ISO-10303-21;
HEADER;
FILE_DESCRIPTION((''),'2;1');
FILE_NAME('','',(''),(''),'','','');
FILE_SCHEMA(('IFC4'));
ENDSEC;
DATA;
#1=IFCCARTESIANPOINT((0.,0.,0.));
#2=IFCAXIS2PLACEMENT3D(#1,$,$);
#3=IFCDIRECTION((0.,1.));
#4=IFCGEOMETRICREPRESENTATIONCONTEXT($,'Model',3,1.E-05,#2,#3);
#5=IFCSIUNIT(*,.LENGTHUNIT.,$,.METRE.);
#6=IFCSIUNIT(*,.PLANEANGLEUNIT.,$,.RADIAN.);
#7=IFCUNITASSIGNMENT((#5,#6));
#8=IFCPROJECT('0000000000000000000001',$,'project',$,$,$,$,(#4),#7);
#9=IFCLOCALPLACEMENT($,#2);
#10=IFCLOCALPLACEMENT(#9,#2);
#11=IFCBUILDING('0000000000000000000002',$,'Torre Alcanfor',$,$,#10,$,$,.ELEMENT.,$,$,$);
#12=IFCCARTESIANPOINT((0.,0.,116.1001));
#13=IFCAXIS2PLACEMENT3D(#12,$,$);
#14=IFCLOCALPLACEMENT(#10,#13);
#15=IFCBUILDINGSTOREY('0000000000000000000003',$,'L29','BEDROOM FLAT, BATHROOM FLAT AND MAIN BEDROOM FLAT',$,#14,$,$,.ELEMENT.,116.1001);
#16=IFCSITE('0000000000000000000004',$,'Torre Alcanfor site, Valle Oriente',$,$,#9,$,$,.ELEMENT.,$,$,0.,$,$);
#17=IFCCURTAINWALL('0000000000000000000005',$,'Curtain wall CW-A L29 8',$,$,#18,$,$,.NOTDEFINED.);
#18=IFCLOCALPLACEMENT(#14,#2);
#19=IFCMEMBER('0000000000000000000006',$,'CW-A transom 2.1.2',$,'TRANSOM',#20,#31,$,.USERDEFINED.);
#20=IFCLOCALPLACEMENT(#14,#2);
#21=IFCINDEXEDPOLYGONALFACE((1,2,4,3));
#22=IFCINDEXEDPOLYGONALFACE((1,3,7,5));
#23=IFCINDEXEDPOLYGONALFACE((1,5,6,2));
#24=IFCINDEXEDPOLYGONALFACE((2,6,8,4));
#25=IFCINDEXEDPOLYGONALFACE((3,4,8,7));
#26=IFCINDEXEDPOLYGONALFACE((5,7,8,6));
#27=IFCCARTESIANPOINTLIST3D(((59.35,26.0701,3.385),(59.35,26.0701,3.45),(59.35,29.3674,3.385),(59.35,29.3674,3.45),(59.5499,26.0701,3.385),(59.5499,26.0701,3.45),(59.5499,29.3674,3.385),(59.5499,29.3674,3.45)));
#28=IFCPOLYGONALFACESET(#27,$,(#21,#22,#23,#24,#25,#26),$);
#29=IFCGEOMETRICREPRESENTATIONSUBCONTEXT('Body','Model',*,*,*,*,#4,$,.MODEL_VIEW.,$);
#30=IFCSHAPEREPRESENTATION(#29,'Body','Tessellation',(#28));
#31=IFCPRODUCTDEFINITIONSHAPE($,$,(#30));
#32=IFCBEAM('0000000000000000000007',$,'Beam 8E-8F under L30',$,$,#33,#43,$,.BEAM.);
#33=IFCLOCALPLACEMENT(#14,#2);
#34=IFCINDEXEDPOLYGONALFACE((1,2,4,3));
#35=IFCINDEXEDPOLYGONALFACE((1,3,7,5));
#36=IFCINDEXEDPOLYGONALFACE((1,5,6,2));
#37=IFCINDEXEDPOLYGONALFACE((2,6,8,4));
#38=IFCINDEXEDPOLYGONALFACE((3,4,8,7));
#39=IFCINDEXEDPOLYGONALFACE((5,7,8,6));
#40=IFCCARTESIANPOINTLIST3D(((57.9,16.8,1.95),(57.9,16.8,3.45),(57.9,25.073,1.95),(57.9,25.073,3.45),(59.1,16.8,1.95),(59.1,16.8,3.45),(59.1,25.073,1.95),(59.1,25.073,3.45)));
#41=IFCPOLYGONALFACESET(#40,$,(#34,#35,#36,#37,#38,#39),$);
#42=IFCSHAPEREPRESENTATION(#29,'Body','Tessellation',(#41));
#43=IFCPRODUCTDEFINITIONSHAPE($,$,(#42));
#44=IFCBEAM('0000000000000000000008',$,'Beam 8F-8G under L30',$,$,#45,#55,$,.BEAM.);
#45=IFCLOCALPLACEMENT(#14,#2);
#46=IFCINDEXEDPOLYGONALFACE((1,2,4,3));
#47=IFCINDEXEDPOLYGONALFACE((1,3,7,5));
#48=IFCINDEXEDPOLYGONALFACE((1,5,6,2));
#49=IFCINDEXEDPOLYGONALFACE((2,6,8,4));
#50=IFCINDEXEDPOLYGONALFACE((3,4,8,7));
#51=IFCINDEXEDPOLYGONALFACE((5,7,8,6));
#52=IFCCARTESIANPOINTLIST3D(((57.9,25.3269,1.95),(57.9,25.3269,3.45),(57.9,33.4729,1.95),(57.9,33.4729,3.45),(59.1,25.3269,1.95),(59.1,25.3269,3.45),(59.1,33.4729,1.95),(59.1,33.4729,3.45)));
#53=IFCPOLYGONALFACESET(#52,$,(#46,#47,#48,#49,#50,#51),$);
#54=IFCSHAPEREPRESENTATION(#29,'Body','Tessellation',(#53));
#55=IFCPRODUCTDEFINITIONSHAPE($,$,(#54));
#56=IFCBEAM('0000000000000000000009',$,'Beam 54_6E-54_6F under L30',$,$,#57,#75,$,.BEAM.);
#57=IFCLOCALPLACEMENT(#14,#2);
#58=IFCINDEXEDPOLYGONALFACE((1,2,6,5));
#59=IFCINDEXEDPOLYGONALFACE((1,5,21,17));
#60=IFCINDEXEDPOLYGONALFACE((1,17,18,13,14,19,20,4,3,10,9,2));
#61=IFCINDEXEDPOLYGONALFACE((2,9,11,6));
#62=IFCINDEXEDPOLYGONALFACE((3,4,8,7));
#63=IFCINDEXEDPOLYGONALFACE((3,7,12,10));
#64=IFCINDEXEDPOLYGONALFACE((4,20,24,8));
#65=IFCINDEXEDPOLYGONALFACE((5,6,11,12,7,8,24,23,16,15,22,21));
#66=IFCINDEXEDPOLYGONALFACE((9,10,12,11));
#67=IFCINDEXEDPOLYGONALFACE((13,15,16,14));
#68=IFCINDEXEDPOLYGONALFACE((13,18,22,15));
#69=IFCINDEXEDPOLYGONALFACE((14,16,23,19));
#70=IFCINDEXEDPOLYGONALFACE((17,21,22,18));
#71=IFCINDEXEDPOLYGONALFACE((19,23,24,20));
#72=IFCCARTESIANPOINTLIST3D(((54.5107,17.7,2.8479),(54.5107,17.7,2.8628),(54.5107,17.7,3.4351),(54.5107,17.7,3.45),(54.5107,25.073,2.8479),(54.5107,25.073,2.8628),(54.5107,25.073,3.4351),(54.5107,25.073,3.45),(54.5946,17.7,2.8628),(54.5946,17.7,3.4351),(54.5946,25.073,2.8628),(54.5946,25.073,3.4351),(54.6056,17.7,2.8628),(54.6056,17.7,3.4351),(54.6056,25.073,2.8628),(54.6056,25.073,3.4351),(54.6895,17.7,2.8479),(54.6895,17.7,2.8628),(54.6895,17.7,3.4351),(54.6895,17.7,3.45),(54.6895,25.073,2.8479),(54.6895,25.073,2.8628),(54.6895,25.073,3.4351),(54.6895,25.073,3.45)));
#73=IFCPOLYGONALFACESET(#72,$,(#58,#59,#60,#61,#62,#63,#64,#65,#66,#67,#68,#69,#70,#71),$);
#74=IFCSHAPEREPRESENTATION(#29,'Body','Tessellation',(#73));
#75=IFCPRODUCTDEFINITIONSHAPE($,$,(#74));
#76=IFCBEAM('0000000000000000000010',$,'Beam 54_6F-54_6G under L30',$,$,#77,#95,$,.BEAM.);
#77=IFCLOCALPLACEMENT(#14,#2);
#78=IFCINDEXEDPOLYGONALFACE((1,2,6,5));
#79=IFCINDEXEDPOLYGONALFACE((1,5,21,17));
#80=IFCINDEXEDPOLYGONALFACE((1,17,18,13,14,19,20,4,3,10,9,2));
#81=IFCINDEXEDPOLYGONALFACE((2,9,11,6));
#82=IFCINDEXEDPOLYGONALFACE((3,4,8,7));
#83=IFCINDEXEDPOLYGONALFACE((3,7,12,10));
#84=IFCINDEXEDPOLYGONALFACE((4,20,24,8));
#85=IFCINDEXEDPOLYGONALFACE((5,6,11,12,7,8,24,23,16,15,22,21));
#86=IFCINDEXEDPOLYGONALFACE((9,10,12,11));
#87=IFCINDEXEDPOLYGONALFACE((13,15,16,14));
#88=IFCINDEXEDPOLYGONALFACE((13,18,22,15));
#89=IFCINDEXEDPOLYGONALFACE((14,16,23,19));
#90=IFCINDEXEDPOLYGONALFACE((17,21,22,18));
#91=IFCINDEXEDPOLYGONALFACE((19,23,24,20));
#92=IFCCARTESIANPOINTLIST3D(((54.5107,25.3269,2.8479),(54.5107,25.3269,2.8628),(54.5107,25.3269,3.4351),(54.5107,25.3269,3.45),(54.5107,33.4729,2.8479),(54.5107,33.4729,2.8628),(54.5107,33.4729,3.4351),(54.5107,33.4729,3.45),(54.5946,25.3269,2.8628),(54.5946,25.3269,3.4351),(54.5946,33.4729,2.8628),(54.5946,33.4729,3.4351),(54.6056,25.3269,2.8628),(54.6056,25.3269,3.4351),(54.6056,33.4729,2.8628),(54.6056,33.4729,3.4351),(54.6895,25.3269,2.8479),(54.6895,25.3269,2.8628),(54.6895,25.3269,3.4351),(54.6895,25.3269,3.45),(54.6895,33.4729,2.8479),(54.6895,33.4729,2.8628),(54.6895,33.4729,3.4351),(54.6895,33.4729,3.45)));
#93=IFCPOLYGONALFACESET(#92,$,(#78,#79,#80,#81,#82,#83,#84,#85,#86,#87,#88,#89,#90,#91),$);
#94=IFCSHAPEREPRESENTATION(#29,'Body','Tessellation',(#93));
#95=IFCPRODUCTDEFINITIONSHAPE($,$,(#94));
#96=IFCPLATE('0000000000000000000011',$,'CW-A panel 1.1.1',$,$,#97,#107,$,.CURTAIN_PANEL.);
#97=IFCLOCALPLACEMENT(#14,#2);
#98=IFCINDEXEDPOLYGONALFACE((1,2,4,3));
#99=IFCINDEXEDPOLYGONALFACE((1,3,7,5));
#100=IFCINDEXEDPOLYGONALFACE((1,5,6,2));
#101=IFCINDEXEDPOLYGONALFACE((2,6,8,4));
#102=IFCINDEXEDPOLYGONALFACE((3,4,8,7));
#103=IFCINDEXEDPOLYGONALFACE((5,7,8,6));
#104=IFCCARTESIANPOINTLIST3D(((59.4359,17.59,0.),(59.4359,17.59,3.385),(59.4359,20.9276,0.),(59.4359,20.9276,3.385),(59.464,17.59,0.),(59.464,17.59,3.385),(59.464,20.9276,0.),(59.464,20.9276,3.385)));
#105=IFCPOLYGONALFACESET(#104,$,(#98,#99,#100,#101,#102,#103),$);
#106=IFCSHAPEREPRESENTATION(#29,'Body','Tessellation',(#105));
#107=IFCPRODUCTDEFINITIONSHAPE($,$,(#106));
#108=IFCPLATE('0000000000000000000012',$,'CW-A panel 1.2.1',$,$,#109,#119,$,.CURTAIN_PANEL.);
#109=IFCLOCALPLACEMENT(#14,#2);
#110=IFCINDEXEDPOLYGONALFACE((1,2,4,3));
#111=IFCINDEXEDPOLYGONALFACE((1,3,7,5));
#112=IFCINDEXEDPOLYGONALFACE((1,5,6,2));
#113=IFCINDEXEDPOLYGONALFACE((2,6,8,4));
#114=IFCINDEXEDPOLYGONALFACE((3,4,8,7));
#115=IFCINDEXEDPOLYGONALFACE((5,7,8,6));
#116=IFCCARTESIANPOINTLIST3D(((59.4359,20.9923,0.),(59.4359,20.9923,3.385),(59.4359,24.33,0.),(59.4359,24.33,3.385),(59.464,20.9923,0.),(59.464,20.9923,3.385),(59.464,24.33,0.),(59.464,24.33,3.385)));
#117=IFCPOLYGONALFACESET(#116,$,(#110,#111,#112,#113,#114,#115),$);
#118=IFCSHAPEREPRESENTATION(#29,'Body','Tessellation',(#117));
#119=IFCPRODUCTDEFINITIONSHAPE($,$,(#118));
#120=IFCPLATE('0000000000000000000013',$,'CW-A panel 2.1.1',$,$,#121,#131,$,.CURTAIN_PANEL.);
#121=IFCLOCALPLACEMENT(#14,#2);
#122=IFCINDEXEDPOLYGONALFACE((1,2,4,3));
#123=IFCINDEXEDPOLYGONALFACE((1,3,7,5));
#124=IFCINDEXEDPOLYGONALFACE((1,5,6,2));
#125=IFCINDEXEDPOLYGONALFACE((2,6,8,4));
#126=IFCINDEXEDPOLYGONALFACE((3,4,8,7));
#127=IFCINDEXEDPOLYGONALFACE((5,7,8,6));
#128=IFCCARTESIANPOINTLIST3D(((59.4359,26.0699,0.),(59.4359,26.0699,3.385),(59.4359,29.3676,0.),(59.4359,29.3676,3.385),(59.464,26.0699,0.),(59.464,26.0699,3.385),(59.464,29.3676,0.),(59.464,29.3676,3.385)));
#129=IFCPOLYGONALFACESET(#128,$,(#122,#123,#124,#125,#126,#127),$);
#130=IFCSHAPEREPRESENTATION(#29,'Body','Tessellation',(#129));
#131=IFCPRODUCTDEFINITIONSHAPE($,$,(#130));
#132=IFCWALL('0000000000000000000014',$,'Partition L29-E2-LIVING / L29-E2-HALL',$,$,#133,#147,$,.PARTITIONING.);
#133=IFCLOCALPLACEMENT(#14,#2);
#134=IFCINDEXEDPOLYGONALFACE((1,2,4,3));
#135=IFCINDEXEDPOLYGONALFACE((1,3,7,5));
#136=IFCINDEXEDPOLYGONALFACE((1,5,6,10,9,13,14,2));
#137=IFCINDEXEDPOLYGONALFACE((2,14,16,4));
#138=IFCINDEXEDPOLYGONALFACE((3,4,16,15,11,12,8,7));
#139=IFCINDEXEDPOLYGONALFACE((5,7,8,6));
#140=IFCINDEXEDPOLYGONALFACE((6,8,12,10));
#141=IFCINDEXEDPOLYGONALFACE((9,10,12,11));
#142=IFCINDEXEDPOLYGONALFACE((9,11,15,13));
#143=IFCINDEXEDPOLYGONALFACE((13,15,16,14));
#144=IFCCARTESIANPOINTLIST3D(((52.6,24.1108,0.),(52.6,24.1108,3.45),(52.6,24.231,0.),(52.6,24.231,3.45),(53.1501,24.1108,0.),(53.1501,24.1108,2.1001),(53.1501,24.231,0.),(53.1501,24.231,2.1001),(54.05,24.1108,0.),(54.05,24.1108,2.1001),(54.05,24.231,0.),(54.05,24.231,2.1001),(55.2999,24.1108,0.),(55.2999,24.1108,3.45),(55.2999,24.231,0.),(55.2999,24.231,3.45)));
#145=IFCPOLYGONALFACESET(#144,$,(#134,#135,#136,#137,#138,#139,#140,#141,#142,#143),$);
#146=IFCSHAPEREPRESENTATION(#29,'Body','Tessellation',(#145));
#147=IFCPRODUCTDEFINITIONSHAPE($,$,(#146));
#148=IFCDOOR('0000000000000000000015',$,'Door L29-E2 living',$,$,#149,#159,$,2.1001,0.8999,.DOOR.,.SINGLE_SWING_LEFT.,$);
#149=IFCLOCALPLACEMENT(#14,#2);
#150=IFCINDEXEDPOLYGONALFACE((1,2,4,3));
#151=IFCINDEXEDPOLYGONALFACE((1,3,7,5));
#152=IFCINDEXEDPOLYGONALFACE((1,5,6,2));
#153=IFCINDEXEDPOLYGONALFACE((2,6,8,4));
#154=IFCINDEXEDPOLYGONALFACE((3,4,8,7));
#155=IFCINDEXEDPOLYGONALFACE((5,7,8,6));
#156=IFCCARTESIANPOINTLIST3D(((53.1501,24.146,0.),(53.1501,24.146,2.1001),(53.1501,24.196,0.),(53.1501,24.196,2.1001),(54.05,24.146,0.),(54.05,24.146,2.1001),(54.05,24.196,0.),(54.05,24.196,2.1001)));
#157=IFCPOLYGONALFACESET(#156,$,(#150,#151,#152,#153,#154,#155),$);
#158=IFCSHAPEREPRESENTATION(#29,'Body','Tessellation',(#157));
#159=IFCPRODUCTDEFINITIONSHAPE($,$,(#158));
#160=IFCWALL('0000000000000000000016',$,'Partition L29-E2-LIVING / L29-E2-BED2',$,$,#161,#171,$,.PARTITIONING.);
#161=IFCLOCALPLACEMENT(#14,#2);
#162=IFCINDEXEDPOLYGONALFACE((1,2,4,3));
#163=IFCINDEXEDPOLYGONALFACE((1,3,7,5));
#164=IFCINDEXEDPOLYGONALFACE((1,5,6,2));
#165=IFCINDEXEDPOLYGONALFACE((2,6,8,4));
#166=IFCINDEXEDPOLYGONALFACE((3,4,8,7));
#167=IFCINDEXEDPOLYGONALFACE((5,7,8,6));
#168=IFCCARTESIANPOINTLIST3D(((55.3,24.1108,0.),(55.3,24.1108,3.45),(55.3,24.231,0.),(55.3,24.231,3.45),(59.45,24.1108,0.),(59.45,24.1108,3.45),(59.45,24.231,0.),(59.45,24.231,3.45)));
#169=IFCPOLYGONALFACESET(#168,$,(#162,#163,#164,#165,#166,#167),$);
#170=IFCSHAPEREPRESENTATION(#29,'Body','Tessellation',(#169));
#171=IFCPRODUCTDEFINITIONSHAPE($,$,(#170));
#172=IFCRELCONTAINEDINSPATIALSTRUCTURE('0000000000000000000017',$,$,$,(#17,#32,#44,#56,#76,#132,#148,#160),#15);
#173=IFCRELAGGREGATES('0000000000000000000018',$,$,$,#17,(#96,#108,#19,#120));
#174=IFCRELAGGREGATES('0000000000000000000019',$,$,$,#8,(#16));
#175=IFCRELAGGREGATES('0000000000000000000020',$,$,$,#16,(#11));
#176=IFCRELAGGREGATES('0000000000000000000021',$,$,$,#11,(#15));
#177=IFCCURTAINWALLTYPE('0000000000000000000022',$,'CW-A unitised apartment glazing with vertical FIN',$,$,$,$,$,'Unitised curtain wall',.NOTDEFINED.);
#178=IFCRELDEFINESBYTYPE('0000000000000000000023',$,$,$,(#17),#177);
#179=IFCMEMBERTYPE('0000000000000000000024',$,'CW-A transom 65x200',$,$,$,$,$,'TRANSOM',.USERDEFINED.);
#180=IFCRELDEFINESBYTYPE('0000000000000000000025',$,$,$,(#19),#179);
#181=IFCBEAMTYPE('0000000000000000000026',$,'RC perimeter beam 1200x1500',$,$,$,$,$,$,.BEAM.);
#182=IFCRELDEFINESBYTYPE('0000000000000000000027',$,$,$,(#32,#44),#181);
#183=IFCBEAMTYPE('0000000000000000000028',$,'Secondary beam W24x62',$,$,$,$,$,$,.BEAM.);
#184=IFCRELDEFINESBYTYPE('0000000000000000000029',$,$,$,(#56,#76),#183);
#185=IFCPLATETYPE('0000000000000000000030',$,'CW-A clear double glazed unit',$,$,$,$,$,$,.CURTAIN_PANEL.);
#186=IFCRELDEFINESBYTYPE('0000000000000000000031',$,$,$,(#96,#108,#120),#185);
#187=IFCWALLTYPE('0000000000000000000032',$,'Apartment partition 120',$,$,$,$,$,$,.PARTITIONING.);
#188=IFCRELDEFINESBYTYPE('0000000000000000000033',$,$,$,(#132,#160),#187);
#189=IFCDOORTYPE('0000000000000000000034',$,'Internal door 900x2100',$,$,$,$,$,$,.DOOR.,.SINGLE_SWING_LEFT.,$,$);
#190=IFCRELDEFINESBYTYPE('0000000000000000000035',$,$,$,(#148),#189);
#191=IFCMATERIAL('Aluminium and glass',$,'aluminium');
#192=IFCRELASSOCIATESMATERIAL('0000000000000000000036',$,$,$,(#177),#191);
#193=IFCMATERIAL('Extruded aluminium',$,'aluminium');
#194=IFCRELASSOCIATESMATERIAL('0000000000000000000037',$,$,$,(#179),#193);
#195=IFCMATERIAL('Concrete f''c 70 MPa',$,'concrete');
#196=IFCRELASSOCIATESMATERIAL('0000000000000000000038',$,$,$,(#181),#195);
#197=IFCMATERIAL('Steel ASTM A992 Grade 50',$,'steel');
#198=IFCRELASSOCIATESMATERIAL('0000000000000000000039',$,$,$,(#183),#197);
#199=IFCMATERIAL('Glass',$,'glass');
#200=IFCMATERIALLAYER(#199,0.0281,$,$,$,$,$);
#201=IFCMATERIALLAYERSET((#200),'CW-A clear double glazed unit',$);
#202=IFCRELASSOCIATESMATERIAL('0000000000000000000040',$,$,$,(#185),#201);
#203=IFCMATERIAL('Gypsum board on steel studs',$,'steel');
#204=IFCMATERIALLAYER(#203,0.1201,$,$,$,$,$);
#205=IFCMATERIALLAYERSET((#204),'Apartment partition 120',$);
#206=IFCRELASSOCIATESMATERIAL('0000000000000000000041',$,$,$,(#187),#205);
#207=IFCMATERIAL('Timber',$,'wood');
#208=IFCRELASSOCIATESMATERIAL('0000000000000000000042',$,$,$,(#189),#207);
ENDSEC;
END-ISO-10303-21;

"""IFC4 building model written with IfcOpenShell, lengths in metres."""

from ifc_helpers import new_model, si_unit, direction, frame, frame_2d, origin, origin_2d, place, context, subcontext, project, spatial, rectangle, i_section, extrude, material, layer, layer_set, material_profile, profile_set, type_object, element, fill, aggregate, save


model = new_model("IFC4")

# Units and contexts
model_context = context("Model", 3, precision=1e-05, world=origin(), true_north=direction((0.0, 1.0)))
body_context = subcontext(model_context, "Body", "Model", "MODEL_VIEW")
ifc_project = project(units=[si_unit("LENGTHUNIT", "METRE"), si_unit("PLANEANGLEUNIT", "RADIAN")], contexts=[model_context])

# Site, building, storey
site_placement = place(None, origin())
site = spatial("IfcSite", under=ifc_project, at=site_placement, Name="Torre Alcanfor site, Valle Oriente", CompositionType="ELEMENT", RefElevation=0.0)
building_placement = place(site_placement, origin())
building = spatial("IfcBuilding", under=site, at=building_placement, Name="Torre Alcanfor", CompositionType="ELEMENT")
storey_placement = place(building_placement, frame((0.0, 0.0, 116.1001)))
storey = spatial("IfcBuildingStorey", under=building, at=storey_placement, Name="L29", Description="BEDROOM FLAT, BATHROOM FLAT AND MAIN BEDROOM FLAT", CompositionType="ELEMENT", Elevation=116.1001)

# Curtain wall, member
ifc_material_1 = material(Name="Aluminium and glass", Category="aluminium")
curtain_wall_type = type_object("IfcCurtainWallType", Name="CW-A unitised apartment glazing with vertical FIN", ElementType="Unitised curtain wall", PredefinedType="NOTDEFINED", material=ifc_material_1)
curtain_wall_placement = place(storey_placement, origin())
curtain_wall = element("IfcCurtainWall", 1, at=curtain_wall_placement, inside=storey, type_object=curtain_wall_type, Name="Curtain wall CW-A L29 8", PredefinedType="NOTDEFINED")
ifc_material_2 = material(Name="Extruded aluminium", Category="aluminium")
ifc_material_profile_1 = material_profile(ifc_material_2, rectangle(XDim=0.2, YDim=0.0649, at=origin_2d()), Name="CW-A transom 200x65")
ifc_profile_set_1 = profile_set([ifc_material_profile_1], Name="Extruded aluminium")
member_type_1 = type_object("IfcMemberType", Name="CW-A transom 65x200", ElementType="TRANSOM", PredefinedType="USERDEFINED", material=ifc_profile_set_1)
member_1_placement = place(storey_placement, frame((59.45, 26.0701, 3.4175), z_axis=(0.0, 1.0, 0.0), x_axis=(-1.0, 0.0, 0.0)))
member_1 = element("IfcMember", 2, at=member_1_placement, type_object=member_type_1, Name="CW-A transom 2.1.2", ObjectType="TRANSOM", PredefinedType="USERDEFINED", context=body_context, shape_type="SweptSolid", body=[
    extrude(rectangle(XDim=0.2, YDim=0.0649, at=origin_2d()), origin(), (0.0, 0.0, 1.0), 3.2974),
])

# Beams
ifc_material_3 = material(Name="Concrete f'c 70 MPa", Category="concrete")
ifc_material_profile_2 = material_profile(ifc_material_3, rectangle(XDim=1.2, YDim=1.5, at=origin_2d()), Name="1200x1500")
ifc_profile_set_2 = profile_set([ifc_material_profile_2], Name="Concrete f'c 70 MPa")
beam_type_1 = type_object("IfcBeamType", Name="RC perimeter beam 1200x1500", PredefinedType="BEAM", material=ifc_profile_set_2)
beam_1_placement = place(storey_placement, frame((58.5, 16.8, 2.7), z_axis=(0.0, 1.0, 0.0), x_axis=(-1.0, 0.0, 0.0)))
element("IfcBeam", 3, at=beam_1_placement, inside=storey, type_object=beam_type_1, Name="Beam 8E-8F under L30", PredefinedType="BEAM", context=body_context, shape_type="SweptSolid", body=[
    extrude(rectangle(XDim=1.2, YDim=1.5, at=origin_2d()), origin(), (0.0, 0.0, 1.0), 8.2729),
])
beam_2_placement = place(storey_placement, frame((58.5, 25.3269, 2.7), z_axis=(0.0, 1.0, 0.0), x_axis=(-1.0, 0.0, 0.0)))
element("IfcBeam", 4, at=beam_2_placement, inside=storey, type_object=beam_type_1, Name="Beam 8F-8G under L30", PredefinedType="BEAM", context=body_context, shape_type="SweptSolid", body=[
    extrude(rectangle(XDim=1.2, YDim=1.5, at=origin_2d()), origin(), (0.0, 0.0, 1.0), 8.146),
])
ifc_material_4 = material(Name="Steel ASTM A992 Grade 50", Category="steel")
ifc_material_profile_3 = material_profile(ifc_material_4, i_section(OverallWidth=0.1787, OverallDepth=0.6021, WebThickness=0.011, FlangeThickness=0.0149, at=origin_2d()), Name="W24x62")
ifc_profile_set_3 = profile_set([ifc_material_profile_3], Name="Steel ASTM A992 Grade 50")
beam_type_2 = type_object("IfcBeamType", Name="Secondary beam W24x62", PredefinedType="BEAM", material=ifc_profile_set_3)
beam_3_placement = place(storey_placement, frame((54.6001, 17.7, 3.1489), z_axis=(0.0, 1.0, 0.0), x_axis=(-1.0, 0.0, 0.0)))
element("IfcBeam", 5, at=beam_3_placement, inside=storey, type_object=beam_type_2, Name="Beam 54_6E-54_6F under L30", PredefinedType="BEAM", context=body_context, shape_type="SweptSolid", body=[
    extrude(i_section(OverallWidth=0.1787, OverallDepth=0.6021, WebThickness=0.011, FlangeThickness=0.0149, at=origin_2d()), origin(), (0.0, 0.0, 1.0), 7.373),
])
beam_4_placement = place(storey_placement, frame((54.6001, 25.3269, 3.1489), z_axis=(0.0, 1.0, 0.0), x_axis=(-1.0, 0.0, 0.0)))
element("IfcBeam", 6, at=beam_4_placement, inside=storey, type_object=beam_type_2, Name="Beam 54_6F-54_6G under L30", PredefinedType="BEAM", context=body_context, shape_type="SweptSolid", body=[
    extrude(i_section(OverallWidth=0.1787, OverallDepth=0.6021, WebThickness=0.011, FlangeThickness=0.0149, at=origin_2d()), origin(), (0.0, 0.0, 1.0), 8.146),
])

# Plates
ifc_material_5 = material(Name="Glass", Category="glass")
ifc_layer_1 = layer(ifc_material_5, 0.0281)
ifc_layer_set_1 = layer_set([ifc_layer_1], Name="CW-A clear double glazed unit")
plate_type = type_object("IfcPlateType", Name="CW-A clear double glazed unit", PredefinedType="CURTAIN_PANEL", material=ifc_layer_set_1)
plate_1_placement = place(storey_placement, frame((59.45, 19.2588, 0.0), z_axis=(0.0, 0.0, 1.0), x_axis=(0.0, 1.0, 0.0)))
plate_1 = element("IfcPlate", 7, at=plate_1_placement, type_object=plate_type, Name="CW-A panel 1.1.1", PredefinedType="CURTAIN_PANEL", context=body_context, shape_type="SweptSolid", body=[
    extrude(rectangle(XDim=3.3376, YDim=0.0281, at=origin_2d()), origin(), (0.0, 0.0, 1.0), 3.385),
])
plate_2_placement = place(storey_placement, frame((59.45, 22.6611, 0.0), z_axis=(0.0, 0.0, 1.0), x_axis=(0.0, 1.0, 0.0)))
plate_2 = element("IfcPlate", 8, at=plate_2_placement, type_object=plate_type, Name="CW-A panel 1.2.1", PredefinedType="CURTAIN_PANEL", context=body_context, shape_type="SweptSolid", body=[
    extrude(rectangle(XDim=3.3376, YDim=0.0281, at=origin_2d()), origin(), (0.0, 0.0, 1.0), 3.385),
])
plate_3_placement = place(storey_placement, frame((59.45, 27.7188, 0.0), z_axis=(0.0, 0.0, 1.0), x_axis=(0.0, 1.0, 0.0)))
plate_3 = element("IfcPlate", 9, at=plate_3_placement, type_object=plate_type, Name="CW-A panel 2.1.1", PredefinedType="CURTAIN_PANEL", context=body_context, shape_type="SweptSolid", body=[
    extrude(rectangle(XDim=3.2976, YDim=0.0281, at=origin_2d()), origin(), (0.0, 0.0, 1.0), 3.385),
])
aggregate(curtain_wall, [plate_1, plate_2, member_1, plate_3])

# Wall, opening, door
ifc_material_6 = material(Name="Gypsum board on steel studs", Category="steel")
ifc_layer_2 = layer(ifc_material_6, 0.1201)
ifc_layer_set_2 = layer_set([ifc_layer_2], Name="Apartment partition 120")
wall_type_1 = type_object("IfcWallType", Name="Apartment partition 120", PredefinedType="PARTITIONING", material=ifc_layer_set_2)
wall_1_placement = place(storey_placement, frame((55.3, 24.1709, 0.0), z_axis=(0.0, 0.0, 1.0), x_axis=(-1.0, 0.0, 0.0)))
wall_1 = element("IfcWall", 10, at=wall_1_placement, inside=storey, type_object=wall_type_1, Name="Partition L29-E2-LIVING / L29-E2-HALL", PredefinedType="PARTITIONING", context=body_context, shape_type="SweptSolid", body=[
    extrude(rectangle(XDim=2.7, YDim=0.1201, at=frame_2d((1.3501, 0.0))), origin(), (0.0, 0.0, 1.0), 3.45),
])
opening_1_placement = place(wall_1_placement, frame((1.25, 0.0, 0.0)))
opening_1 = element("IfcOpeningElement", 11, at=opening_1_placement, cuts=wall_1, PredefinedType="OPENING", context=body_context, shape_type="SweptSolid", body=[
    extrude(rectangle(XDim=0.8999, YDim=2.1001, at=frame_2d((0.45, 1.05))), frame((0.0, 0.0701, 0.0), z_axis=(0.0, -1.0, 0.0), x_axis=(1.0, 0.0, 0.0)), (0.0, 0.0, 1.0), 0.1401),
])
ifc_material_7 = material(Name="Timber", Category="wood")
door_type = type_object("IfcDoorType", Name="Internal door 900x2100", OperationType="SINGLE_SWING_LEFT", PredefinedType="DOOR", material=ifc_material_7)
door_1_placement = place(opening_1_placement, frame((0.8999, 0.0, 0.0), z_axis=(0.0, 0.0, 1.0), x_axis=(-1.0, 0.0, 0.0)))
door_1 = element("IfcDoor", 12, at=door_1_placement, inside=storey, type_object=door_type, Name="Door L29-E2 living", OperationType="SINGLE_SWING_LEFT", OverallHeight=2.1001, OverallWidth=0.8999, PredefinedType="DOOR", context=body_context, shape_type="SweptSolid", body=[
    extrude(rectangle(XDim=0.8999, YDim=2.1001, at=frame_2d((0.45, 1.05))), frame((0.0, 0.0251, 0.0), z_axis=(0.0, -1.0, 0.0), x_axis=(1.0, 0.0, 0.0)), (0.0, 0.0, 1.0), 0.05),
])
fill(opening_1, door_1)

# Wall
wall_2_placement = place(storey_placement, frame((59.45, 24.1709, 0.0), z_axis=(0.0, 0.0, 1.0), x_axis=(-1.0, 0.0, 0.0)))
element("IfcWall", 13, at=wall_2_placement, inside=storey, type_object=wall_type_1, Name="Partition L29-E2-LIVING / L29-E2-BED2", PredefinedType="PARTITIONING", context=body_context, shape_type="SweptSolid", body=[
    extrude(rectangle(XDim=4.1499, YDim=0.1201, at=frame_2d((2.075, 0.0))), origin(), (0.0, 0.0, 1.0), 3.45),
])

save(model, "model.ifc")
